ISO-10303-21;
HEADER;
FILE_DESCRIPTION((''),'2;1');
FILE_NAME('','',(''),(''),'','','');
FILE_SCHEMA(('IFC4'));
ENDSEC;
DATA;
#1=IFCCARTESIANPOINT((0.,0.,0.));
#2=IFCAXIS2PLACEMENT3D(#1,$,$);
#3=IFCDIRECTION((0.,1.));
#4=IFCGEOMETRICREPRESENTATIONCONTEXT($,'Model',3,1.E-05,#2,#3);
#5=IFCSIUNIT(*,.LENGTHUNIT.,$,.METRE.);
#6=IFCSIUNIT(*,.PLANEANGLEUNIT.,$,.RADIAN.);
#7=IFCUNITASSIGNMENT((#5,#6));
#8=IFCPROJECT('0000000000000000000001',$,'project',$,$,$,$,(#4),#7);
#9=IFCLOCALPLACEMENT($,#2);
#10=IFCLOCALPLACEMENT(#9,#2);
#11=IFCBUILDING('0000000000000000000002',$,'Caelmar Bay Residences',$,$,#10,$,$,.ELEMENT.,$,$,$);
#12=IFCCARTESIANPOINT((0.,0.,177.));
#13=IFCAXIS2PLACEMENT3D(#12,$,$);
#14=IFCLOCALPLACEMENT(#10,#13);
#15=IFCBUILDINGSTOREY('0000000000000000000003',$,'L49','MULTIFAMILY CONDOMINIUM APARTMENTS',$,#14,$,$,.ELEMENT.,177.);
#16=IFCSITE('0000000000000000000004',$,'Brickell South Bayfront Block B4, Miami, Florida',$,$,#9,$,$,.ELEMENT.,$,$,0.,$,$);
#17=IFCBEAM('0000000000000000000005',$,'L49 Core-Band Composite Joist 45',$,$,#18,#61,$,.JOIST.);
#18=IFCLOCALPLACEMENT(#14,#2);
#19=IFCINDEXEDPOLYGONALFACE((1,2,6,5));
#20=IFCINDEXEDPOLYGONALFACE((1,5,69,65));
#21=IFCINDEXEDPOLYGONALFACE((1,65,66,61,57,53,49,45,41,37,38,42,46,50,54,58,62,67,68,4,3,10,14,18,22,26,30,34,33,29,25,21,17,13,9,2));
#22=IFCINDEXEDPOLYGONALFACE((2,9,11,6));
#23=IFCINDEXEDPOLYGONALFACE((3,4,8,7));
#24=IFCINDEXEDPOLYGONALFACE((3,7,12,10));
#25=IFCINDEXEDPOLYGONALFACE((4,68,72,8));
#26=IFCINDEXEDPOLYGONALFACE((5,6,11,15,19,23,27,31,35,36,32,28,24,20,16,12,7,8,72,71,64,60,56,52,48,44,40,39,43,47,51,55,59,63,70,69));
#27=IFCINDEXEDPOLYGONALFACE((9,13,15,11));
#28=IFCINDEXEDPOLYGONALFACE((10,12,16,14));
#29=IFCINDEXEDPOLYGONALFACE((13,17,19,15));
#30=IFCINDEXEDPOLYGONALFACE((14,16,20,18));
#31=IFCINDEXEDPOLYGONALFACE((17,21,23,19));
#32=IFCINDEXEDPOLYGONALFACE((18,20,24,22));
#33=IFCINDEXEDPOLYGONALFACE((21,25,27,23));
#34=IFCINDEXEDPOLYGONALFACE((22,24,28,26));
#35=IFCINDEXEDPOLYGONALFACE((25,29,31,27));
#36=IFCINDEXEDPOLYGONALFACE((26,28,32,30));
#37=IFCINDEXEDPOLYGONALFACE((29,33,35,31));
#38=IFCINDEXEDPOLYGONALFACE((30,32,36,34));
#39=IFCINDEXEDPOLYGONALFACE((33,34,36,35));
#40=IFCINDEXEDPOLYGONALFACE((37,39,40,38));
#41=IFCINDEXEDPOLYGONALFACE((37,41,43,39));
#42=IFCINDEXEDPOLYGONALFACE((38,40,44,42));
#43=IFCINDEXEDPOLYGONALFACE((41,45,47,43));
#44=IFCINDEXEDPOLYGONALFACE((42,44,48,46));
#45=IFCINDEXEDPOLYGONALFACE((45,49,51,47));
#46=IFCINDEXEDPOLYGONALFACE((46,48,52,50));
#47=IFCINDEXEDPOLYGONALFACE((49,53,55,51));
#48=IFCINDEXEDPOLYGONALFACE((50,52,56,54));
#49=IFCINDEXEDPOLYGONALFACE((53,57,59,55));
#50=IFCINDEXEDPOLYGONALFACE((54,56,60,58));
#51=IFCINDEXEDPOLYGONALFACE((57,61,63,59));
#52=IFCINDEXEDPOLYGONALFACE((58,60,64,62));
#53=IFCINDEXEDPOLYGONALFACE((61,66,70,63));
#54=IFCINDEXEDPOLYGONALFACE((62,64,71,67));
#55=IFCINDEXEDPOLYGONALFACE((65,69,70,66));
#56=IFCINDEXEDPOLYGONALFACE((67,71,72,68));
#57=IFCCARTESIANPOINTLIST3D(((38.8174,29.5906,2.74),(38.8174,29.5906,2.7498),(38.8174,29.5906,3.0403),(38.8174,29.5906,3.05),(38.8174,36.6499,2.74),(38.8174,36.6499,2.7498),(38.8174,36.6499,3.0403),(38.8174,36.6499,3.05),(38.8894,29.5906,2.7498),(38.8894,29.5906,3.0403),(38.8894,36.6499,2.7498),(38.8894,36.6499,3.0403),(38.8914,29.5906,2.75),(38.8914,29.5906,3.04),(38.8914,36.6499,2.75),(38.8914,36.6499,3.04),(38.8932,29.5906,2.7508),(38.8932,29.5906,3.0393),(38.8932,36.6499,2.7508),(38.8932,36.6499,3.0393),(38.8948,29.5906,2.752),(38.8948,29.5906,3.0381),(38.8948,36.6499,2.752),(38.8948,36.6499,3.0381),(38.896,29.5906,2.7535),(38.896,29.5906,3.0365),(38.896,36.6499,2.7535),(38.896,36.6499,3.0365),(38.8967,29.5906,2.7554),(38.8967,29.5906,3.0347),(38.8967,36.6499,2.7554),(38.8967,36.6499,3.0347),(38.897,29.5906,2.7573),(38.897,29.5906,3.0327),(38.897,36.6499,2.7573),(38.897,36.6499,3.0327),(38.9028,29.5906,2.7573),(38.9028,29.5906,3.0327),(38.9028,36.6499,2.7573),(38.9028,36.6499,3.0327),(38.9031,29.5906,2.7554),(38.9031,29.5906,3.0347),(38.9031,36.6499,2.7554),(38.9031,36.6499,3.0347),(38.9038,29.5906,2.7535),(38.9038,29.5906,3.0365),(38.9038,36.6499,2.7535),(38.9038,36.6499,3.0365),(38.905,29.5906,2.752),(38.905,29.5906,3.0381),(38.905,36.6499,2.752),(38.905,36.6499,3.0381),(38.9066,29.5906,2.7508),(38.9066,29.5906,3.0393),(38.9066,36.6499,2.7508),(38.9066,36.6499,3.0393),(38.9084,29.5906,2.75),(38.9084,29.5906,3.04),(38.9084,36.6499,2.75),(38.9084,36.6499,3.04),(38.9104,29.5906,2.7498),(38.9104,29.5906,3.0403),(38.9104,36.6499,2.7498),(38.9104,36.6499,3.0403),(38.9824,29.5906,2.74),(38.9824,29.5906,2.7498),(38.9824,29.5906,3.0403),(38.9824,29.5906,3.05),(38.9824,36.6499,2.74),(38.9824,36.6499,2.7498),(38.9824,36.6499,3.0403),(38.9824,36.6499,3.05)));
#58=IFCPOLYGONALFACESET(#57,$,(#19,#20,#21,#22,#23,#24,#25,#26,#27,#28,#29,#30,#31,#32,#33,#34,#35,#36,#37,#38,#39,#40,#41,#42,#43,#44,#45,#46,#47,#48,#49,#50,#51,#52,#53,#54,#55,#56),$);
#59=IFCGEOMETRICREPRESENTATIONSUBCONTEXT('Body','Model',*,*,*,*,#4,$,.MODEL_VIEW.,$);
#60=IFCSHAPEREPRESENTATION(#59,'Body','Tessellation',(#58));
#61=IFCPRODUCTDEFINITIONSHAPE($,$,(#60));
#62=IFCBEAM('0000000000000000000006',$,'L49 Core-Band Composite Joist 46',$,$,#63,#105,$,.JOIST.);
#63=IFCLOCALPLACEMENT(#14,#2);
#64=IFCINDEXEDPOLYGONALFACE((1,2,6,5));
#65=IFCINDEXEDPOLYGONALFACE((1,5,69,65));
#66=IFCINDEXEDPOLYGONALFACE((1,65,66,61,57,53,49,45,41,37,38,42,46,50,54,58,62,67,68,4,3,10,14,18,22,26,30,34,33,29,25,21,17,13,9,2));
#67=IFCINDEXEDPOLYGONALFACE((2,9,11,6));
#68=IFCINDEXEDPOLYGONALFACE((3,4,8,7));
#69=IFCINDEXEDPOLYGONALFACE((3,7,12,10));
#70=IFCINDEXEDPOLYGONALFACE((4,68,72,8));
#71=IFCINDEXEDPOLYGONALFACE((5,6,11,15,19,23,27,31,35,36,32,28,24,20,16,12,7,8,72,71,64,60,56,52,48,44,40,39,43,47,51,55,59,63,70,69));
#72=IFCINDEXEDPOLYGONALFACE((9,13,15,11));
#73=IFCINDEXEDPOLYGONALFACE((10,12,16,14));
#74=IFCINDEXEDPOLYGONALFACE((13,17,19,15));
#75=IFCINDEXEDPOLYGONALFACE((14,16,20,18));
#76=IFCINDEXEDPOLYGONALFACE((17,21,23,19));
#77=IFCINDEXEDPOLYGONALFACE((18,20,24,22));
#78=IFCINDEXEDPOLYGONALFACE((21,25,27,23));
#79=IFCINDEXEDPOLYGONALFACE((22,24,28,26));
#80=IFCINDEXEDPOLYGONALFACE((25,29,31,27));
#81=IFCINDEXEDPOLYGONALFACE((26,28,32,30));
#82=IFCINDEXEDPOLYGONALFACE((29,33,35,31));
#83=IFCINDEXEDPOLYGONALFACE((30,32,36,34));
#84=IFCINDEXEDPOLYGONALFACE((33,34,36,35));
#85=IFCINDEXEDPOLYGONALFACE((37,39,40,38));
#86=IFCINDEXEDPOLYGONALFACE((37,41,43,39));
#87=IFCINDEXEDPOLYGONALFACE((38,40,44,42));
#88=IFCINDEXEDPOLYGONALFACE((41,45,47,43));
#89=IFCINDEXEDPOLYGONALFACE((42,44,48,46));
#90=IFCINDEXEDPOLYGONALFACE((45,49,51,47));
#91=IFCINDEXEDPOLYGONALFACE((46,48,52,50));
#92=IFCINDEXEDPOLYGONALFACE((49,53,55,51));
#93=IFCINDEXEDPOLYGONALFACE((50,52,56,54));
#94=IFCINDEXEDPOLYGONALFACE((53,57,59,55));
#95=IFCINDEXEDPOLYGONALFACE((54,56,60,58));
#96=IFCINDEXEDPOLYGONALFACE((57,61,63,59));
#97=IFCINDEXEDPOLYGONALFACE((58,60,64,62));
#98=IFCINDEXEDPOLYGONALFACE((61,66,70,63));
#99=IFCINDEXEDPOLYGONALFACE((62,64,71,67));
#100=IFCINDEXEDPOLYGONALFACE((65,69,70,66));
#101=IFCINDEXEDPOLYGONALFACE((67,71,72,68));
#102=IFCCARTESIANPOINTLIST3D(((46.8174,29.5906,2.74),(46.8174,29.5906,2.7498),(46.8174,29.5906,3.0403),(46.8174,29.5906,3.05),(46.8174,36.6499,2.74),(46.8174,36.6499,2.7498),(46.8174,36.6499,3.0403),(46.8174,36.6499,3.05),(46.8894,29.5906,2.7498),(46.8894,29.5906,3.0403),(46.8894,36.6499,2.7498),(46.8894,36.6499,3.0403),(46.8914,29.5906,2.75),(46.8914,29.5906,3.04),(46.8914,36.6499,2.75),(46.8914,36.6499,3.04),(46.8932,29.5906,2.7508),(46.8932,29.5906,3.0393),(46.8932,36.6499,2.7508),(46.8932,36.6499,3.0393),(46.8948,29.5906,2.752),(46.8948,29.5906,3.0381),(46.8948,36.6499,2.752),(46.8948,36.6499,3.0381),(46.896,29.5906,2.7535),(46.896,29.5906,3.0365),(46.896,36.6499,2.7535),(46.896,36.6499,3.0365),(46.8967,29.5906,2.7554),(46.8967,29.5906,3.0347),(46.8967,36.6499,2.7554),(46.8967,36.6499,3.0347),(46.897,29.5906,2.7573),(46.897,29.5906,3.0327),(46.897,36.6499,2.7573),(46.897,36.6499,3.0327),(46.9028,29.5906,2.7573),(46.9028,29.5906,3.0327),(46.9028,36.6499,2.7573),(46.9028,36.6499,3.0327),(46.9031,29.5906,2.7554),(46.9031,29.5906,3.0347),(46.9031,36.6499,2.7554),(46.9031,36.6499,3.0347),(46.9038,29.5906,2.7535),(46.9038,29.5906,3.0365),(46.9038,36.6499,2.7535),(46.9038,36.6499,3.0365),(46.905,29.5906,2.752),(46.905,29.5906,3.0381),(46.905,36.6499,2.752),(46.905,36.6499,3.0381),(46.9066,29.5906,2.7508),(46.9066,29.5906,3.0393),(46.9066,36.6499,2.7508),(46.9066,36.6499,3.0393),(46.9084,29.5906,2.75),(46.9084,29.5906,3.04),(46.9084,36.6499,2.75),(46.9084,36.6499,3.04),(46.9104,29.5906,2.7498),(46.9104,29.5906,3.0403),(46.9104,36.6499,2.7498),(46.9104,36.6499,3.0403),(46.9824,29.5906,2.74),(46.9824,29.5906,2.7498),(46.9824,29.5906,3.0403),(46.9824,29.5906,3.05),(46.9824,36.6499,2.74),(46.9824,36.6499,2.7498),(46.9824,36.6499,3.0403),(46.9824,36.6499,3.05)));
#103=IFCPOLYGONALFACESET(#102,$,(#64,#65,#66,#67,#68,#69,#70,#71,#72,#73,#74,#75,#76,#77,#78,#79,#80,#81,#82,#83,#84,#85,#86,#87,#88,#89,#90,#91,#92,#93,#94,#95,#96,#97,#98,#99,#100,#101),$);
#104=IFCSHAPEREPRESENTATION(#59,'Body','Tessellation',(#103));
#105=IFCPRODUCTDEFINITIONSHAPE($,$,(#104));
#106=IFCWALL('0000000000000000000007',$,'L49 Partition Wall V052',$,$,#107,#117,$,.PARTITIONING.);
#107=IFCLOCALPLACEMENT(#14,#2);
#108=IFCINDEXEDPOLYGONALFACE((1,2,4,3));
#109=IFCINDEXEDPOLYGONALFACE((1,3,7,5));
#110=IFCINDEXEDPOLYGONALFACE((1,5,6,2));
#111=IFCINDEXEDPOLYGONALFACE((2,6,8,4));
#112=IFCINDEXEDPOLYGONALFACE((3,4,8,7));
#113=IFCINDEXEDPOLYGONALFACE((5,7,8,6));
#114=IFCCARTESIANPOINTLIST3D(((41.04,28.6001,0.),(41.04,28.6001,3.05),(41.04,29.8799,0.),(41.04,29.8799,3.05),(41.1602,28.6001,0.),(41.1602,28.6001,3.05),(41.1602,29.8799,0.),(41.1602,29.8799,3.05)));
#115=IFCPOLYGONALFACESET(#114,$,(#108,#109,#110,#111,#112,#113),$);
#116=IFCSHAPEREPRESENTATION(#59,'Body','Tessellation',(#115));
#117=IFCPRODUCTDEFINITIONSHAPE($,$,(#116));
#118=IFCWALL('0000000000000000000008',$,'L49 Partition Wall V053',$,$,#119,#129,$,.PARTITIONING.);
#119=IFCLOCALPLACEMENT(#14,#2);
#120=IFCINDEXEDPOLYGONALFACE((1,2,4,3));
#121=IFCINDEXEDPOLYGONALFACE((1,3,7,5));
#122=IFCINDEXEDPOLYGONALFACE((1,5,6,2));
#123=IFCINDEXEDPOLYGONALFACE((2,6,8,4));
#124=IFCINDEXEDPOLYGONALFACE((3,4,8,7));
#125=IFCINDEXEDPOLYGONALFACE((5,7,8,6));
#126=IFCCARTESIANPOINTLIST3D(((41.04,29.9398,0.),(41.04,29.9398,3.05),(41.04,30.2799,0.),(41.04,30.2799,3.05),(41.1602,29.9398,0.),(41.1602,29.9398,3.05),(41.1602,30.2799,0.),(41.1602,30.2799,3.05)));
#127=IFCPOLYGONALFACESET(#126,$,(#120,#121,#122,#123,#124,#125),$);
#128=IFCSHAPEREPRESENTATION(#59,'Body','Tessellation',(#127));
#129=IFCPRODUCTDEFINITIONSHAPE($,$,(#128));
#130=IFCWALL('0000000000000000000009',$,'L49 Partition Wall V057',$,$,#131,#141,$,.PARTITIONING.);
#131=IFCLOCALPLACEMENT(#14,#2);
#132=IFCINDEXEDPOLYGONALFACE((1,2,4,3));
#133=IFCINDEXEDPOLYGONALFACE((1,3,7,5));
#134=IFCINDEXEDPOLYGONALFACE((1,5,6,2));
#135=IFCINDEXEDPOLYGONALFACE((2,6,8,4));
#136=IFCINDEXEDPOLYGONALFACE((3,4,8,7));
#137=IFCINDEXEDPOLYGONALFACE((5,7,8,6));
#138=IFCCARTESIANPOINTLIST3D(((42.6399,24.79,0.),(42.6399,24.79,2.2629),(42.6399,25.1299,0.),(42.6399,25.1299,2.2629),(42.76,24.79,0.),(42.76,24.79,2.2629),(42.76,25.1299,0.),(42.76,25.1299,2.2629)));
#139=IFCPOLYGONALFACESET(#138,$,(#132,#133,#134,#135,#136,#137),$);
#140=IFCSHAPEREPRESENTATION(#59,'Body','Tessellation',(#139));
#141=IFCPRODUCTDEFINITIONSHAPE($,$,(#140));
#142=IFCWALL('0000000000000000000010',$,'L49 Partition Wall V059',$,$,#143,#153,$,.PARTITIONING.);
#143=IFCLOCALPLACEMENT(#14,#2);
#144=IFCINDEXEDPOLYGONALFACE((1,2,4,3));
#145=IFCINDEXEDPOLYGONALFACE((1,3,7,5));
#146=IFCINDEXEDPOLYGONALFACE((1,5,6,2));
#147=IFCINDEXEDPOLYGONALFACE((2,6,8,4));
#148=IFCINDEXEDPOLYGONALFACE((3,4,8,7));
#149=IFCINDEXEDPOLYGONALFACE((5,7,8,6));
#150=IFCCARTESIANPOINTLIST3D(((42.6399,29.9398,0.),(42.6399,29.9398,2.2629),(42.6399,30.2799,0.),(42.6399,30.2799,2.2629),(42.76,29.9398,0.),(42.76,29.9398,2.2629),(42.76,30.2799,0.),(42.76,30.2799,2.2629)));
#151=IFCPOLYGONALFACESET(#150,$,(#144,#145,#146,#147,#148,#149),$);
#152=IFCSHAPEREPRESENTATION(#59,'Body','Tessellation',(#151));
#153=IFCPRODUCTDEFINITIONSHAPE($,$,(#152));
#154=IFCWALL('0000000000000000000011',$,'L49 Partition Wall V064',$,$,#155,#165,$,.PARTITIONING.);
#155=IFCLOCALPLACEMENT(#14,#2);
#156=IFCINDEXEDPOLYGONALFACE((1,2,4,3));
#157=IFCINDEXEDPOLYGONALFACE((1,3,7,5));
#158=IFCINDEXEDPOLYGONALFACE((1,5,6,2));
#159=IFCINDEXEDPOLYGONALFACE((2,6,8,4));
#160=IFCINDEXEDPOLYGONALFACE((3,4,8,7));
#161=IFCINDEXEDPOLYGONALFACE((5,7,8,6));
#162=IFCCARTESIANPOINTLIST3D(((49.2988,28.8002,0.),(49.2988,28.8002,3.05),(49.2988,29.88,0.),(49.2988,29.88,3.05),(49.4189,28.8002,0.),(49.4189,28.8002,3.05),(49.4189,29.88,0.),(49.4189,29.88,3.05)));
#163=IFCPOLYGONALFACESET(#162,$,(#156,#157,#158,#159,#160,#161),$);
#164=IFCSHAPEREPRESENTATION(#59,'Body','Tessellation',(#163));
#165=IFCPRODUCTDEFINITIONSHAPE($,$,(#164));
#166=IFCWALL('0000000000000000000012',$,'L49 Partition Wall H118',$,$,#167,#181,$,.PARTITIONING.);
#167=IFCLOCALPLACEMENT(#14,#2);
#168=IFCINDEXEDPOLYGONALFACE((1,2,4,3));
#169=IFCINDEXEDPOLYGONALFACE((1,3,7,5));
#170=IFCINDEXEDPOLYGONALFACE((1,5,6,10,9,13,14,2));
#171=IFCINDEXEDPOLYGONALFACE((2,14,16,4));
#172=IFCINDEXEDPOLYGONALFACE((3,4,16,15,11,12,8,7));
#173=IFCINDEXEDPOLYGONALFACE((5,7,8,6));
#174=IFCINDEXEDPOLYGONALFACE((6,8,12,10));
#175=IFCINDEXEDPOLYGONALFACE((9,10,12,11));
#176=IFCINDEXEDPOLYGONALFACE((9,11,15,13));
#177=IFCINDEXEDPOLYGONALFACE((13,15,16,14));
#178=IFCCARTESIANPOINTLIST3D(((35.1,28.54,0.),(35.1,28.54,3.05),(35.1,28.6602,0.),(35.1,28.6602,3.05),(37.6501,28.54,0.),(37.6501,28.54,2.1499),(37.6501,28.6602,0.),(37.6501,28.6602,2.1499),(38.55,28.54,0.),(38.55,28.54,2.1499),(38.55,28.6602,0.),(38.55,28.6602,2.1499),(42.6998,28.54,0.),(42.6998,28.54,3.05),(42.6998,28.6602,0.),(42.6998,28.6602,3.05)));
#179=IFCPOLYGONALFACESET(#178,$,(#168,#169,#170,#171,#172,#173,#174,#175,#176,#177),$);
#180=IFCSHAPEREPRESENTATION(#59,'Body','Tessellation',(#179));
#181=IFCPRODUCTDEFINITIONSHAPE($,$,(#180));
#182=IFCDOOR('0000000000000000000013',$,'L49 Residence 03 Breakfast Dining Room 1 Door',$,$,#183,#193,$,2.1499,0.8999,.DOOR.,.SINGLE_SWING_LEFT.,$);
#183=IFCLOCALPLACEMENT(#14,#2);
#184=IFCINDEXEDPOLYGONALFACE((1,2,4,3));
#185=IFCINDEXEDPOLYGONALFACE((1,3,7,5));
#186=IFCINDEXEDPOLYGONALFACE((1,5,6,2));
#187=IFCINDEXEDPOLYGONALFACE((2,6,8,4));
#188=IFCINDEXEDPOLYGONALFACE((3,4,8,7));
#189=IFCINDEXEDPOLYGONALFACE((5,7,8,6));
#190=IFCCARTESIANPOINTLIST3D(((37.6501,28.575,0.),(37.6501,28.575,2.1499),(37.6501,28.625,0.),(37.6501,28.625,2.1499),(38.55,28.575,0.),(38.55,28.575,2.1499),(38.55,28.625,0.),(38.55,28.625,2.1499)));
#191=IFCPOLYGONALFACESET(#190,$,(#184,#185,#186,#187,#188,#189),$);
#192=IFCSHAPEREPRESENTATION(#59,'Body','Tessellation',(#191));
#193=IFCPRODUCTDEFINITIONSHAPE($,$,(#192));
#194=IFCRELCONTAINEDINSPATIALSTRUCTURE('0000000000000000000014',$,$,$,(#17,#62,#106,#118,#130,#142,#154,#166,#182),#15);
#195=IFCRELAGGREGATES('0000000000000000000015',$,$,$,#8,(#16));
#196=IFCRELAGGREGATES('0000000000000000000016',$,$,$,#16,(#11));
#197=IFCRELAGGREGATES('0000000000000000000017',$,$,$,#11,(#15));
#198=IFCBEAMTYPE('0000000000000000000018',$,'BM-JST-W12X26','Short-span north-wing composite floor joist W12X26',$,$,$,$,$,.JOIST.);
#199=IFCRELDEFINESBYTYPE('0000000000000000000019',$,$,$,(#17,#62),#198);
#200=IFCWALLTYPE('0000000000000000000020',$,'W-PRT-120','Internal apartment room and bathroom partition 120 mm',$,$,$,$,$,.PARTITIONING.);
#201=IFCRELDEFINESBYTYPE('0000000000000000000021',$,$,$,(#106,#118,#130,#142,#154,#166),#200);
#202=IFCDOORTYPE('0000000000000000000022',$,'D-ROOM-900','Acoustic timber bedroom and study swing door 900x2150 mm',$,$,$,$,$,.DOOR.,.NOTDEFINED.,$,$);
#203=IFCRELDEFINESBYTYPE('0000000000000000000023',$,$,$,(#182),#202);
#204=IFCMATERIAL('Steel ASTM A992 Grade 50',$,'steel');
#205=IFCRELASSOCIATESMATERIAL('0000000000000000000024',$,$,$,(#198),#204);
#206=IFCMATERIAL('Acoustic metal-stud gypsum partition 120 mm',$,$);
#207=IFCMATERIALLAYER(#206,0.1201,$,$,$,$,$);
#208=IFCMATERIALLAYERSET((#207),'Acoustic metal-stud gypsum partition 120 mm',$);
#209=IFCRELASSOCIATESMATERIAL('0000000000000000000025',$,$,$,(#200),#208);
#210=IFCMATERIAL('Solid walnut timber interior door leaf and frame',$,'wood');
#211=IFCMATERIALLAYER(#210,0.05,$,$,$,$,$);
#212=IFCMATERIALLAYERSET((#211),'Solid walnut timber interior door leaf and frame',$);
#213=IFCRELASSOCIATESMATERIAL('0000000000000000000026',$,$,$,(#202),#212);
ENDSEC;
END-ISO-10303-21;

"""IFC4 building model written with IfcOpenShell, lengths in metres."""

from ifc_helpers import new_model, si_unit, direction, frame, frame_2d, origin, origin_2d, place, context, subcontext, project, spatial, rectangle, i_section, extrude, material, layer, layer_set, material_profile, profile_set, type_object, element, fill, save


model = new_model("IFC4")

# Units and contexts
model_context = context("Model", 3, precision=1e-05, world=origin(), true_north=direction((0.0, 1.0)))
body_context = subcontext(model_context, "Body", "Model", "MODEL_VIEW")
ifc_project = project(units=[si_unit("LENGTHUNIT", "METRE"), si_unit("PLANEANGLEUNIT", "RADIAN")], contexts=[model_context])

# Site, building, storey
site_placement = place(None, origin())
site = spatial("IfcSite", under=ifc_project, at=site_placement, Name="Brickell South Bayfront Block B4, Miami, Florida", CompositionType="ELEMENT", RefElevation=0.0)
building_placement = place(site_placement, origin())
building = spatial("IfcBuilding", under=site, at=building_placement, Name="Caelmar Bay Residences", CompositionType="ELEMENT")
storey_placement = place(building_placement, frame((0.0, 0.0, 177.0)))
storey = spatial("IfcBuildingStorey", under=building, at=storey_placement, Name="L49", Description="MULTIFAMILY CONDOMINIUM APARTMENTS", CompositionType="ELEMENT", Elevation=177.0)

# Beams
ifc_material_1 = material(Name="Steel ASTM A992 Grade 50", Category="steel")
ifc_material_profile_1 = material_profile(ifc_material_1, i_section(OverallWidth=0.165, OverallDepth=0.3101, WebThickness=0.0059, FlangeThickness=0.0098, FilletRadius=0.0076, at=origin_2d()), Name="W12X26")
ifc_profile_set_1 = profile_set([ifc_material_profile_1], Name="Steel ASTM A992 Grade 50")
beam_type_1 = type_object("IfcBeamType", Name="BM-JST-W12X26", Description="Short-span north-wing composite floor joist W12X26", PredefinedType="JOIST", material=ifc_profile_set_1)
for number, where, z_axis, x_axis, name in (
    (1, (38.8999, 29.5906, 2.895), (0.0, 1.0, 0.0), (-1.0, 0.0, 0.0), "L49 Core-Band Composite Joist 45"),
    (2, (46.8999, 29.5906, 2.895), (0.0, 1.0, 0.0), (-1.0, 0.0, 0.0), "L49 Core-Band Composite Joist 46"),
):
    element("IfcBeam", number, at=place(storey_placement, frame(where, z_axis=z_axis, x_axis=x_axis)), inside=storey, type_object=beam_type_1, Name=name, PredefinedType="JOIST", context=body_context, shape_type="SweptSolid", body=[
        extrude(i_section(OverallWidth=0.165, OverallDepth=0.3101, WebThickness=0.0059, FlangeThickness=0.0098, FilletRadius=0.0076, at=origin_2d()), origin(), (0.0, 0.0, 1.0), 7.0593),
    ])

# Walls
ifc_material_2 = material(Name="Acoustic metal-stud gypsum partition 120 mm")
ifc_layer_1 = layer(ifc_material_2, 0.1201)
ifc_layer_set_1 = layer_set([ifc_layer_1], Name="Acoustic metal-stud gypsum partition 120 mm")
wall_type = type_object("IfcWallType", Name="W-PRT-120", Description="Internal apartment room and bathroom partition 120 mm", PredefinedType="PARTITIONING", material=ifc_layer_set_1)
wall_1_placement = place(storey_placement, frame((41.1001, 28.6001, 0.0), z_axis=(0.0, 0.0, 1.0), x_axis=(0.0, 1.0, 0.0)))
element("IfcWall", 3, at=wall_1_placement, inside=storey, type_object=wall_type, Name="L49 Partition Wall V052", PredefinedType="PARTITIONING", context=body_context, shape_type="SweptSolid", body=[
    extrude(rectangle(XDim=1.2798, YDim=0.1201, at=frame_2d((0.6399, 0.0))), origin(), (0.0, 0.0, 1.0), 3.05),
])
wall_2_placement = place(storey_placement, frame((41.1001, 29.9399, 0.0), z_axis=(0.0, 0.0, 1.0), x_axis=(0.0, 1.0, 0.0)))
element("IfcWall", 4, at=wall_2_placement, inside=storey, type_object=wall_type, Name="L49 Partition Wall V053", PredefinedType="PARTITIONING", context=body_context, shape_type="SweptSolid", body=[
    extrude(rectangle(XDim=0.3401, YDim=0.1201, at=frame_2d((0.1699, 0.0))), origin(), (0.0, 0.0, 1.0), 3.05),
])
wall_3_placement = place(storey_placement, frame((42.7, 24.79, 0.0), z_axis=(0.0, 0.0, 1.0), x_axis=(0.0, 1.0, 0.0)))
element("IfcWall", 5, at=wall_3_placement, inside=storey, type_object=wall_type, Name="L49 Partition Wall V057", PredefinedType="PARTITIONING", context=body_context, shape_type="SweptSolid", body=[
    extrude(rectangle(XDim=0.3398, YDim=0.1201, at=frame_2d((0.1699, 0.0))), origin(), (0.0, 0.0, 1.0), 2.2629),
])

# Shared definitions
ifc_material_3 = material(Name="Solid walnut timber interior door leaf and frame", Category="wood")
ifc_layer_2 = layer(ifc_material_3, 0.05)
ifc_layer_set_2 = layer_set([ifc_layer_2], Name="Solid walnut timber interior door leaf and frame")
door_type = type_object("IfcDoorType", Name="D-ROOM-900", Description="Acoustic timber bedroom and study swing door 900x2150 mm", OperationType="NOTDEFINED", PredefinedType="DOOR", material=ifc_layer_set_2)

# Walls
wall_4_placement = place(storey_placement, frame((42.7, 29.9399, 0.0), z_axis=(0.0, 0.0, 1.0), x_axis=(0.0, 1.0, 0.0)))
element("IfcWall", 6, at=wall_4_placement, inside=storey, type_object=wall_type, Name="L49 Partition Wall V059", PredefinedType="PARTITIONING", context=body_context, shape_type="SweptSolid", body=[
    extrude(rectangle(XDim=0.3401, YDim=0.1201, at=frame_2d((0.1699, 0.0))), origin(), (0.0, 0.0, 1.0), 2.2629),
])
wall_5_placement = place(storey_placement, frame((49.3589, 28.8, 0.0), z_axis=(0.0, 0.0, 1.0), x_axis=(0.0, 1.0, 0.0)))
element("IfcWall", 7, at=wall_5_placement, inside=storey, type_object=wall_type, Name="L49 Partition Wall V064", PredefinedType="PARTITIONING", context=body_context, shape_type="SweptSolid", body=[
    extrude(rectangle(XDim=1.0798, YDim=0.1201, at=frame_2d((0.54, 0.0))), origin(), (0.0, 0.0, 1.0), 3.05),
])

# Wall, opening, door
wall_6_placement = place(storey_placement, frame((35.1001, 28.6001, 0.0), z_axis=(0.0, 0.0, 1.0), x_axis=(1.0, 0.0, 0.0)))
wall_6 = element("IfcWall", 8, at=wall_6_placement, inside=storey, type_object=wall_type, Name="L49 Partition Wall H118", PredefinedType="PARTITIONING", context=body_context, shape_type="SweptSolid", body=[
    extrude(rectangle(XDim=7.5999, YDim=0.1201, at=frame_2d((3.7998, 0.0))), origin(), (0.0, 0.0, 1.0), 3.05),
])
opening_1_placement = place(wall_6_placement, frame((2.55, 0.0, 0.0)))
opening_1 = element("IfcOpeningElement", 9, at=opening_1_placement, cuts=wall_6, PredefinedType="OPENING", context=body_context, shape_type="SweptSolid", body=[
    extrude(rectangle(XDim=0.8999, YDim=2.1499, at=frame_2d((0.45, 1.075))), frame((0.0, 0.0701, 0.0), z_axis=(0.0, -1.0, 0.0), x_axis=(1.0, 0.0, 0.0)), (0.0, 0.0, 1.0), 0.1401),
])
door_1_placement = place(opening_1_placement, origin())
door_1 = element("IfcDoor", 10, at=door_1_placement, inside=storey, type_object=door_type, Name="L49 Residence 03 Breakfast Dining Room 1 Door", OperationType="SINGLE_SWING_LEFT", OverallHeight=2.1499, OverallWidth=0.8999, PredefinedType="DOOR", context=body_context, shape_type="SweptSolid", body=[
    extrude(rectangle(XDim=0.8999, YDim=2.1499, at=frame_2d((0.45, 1.075))), frame((0.0, 0.0249, 0.0), z_axis=(0.0, -1.0, 0.0), x_axis=(1.0, 0.0, 0.0)), (0.0, 0.0, 1.0), 0.05),
])
fill(opening_1, door_1)

save(model, "model.ifc")
